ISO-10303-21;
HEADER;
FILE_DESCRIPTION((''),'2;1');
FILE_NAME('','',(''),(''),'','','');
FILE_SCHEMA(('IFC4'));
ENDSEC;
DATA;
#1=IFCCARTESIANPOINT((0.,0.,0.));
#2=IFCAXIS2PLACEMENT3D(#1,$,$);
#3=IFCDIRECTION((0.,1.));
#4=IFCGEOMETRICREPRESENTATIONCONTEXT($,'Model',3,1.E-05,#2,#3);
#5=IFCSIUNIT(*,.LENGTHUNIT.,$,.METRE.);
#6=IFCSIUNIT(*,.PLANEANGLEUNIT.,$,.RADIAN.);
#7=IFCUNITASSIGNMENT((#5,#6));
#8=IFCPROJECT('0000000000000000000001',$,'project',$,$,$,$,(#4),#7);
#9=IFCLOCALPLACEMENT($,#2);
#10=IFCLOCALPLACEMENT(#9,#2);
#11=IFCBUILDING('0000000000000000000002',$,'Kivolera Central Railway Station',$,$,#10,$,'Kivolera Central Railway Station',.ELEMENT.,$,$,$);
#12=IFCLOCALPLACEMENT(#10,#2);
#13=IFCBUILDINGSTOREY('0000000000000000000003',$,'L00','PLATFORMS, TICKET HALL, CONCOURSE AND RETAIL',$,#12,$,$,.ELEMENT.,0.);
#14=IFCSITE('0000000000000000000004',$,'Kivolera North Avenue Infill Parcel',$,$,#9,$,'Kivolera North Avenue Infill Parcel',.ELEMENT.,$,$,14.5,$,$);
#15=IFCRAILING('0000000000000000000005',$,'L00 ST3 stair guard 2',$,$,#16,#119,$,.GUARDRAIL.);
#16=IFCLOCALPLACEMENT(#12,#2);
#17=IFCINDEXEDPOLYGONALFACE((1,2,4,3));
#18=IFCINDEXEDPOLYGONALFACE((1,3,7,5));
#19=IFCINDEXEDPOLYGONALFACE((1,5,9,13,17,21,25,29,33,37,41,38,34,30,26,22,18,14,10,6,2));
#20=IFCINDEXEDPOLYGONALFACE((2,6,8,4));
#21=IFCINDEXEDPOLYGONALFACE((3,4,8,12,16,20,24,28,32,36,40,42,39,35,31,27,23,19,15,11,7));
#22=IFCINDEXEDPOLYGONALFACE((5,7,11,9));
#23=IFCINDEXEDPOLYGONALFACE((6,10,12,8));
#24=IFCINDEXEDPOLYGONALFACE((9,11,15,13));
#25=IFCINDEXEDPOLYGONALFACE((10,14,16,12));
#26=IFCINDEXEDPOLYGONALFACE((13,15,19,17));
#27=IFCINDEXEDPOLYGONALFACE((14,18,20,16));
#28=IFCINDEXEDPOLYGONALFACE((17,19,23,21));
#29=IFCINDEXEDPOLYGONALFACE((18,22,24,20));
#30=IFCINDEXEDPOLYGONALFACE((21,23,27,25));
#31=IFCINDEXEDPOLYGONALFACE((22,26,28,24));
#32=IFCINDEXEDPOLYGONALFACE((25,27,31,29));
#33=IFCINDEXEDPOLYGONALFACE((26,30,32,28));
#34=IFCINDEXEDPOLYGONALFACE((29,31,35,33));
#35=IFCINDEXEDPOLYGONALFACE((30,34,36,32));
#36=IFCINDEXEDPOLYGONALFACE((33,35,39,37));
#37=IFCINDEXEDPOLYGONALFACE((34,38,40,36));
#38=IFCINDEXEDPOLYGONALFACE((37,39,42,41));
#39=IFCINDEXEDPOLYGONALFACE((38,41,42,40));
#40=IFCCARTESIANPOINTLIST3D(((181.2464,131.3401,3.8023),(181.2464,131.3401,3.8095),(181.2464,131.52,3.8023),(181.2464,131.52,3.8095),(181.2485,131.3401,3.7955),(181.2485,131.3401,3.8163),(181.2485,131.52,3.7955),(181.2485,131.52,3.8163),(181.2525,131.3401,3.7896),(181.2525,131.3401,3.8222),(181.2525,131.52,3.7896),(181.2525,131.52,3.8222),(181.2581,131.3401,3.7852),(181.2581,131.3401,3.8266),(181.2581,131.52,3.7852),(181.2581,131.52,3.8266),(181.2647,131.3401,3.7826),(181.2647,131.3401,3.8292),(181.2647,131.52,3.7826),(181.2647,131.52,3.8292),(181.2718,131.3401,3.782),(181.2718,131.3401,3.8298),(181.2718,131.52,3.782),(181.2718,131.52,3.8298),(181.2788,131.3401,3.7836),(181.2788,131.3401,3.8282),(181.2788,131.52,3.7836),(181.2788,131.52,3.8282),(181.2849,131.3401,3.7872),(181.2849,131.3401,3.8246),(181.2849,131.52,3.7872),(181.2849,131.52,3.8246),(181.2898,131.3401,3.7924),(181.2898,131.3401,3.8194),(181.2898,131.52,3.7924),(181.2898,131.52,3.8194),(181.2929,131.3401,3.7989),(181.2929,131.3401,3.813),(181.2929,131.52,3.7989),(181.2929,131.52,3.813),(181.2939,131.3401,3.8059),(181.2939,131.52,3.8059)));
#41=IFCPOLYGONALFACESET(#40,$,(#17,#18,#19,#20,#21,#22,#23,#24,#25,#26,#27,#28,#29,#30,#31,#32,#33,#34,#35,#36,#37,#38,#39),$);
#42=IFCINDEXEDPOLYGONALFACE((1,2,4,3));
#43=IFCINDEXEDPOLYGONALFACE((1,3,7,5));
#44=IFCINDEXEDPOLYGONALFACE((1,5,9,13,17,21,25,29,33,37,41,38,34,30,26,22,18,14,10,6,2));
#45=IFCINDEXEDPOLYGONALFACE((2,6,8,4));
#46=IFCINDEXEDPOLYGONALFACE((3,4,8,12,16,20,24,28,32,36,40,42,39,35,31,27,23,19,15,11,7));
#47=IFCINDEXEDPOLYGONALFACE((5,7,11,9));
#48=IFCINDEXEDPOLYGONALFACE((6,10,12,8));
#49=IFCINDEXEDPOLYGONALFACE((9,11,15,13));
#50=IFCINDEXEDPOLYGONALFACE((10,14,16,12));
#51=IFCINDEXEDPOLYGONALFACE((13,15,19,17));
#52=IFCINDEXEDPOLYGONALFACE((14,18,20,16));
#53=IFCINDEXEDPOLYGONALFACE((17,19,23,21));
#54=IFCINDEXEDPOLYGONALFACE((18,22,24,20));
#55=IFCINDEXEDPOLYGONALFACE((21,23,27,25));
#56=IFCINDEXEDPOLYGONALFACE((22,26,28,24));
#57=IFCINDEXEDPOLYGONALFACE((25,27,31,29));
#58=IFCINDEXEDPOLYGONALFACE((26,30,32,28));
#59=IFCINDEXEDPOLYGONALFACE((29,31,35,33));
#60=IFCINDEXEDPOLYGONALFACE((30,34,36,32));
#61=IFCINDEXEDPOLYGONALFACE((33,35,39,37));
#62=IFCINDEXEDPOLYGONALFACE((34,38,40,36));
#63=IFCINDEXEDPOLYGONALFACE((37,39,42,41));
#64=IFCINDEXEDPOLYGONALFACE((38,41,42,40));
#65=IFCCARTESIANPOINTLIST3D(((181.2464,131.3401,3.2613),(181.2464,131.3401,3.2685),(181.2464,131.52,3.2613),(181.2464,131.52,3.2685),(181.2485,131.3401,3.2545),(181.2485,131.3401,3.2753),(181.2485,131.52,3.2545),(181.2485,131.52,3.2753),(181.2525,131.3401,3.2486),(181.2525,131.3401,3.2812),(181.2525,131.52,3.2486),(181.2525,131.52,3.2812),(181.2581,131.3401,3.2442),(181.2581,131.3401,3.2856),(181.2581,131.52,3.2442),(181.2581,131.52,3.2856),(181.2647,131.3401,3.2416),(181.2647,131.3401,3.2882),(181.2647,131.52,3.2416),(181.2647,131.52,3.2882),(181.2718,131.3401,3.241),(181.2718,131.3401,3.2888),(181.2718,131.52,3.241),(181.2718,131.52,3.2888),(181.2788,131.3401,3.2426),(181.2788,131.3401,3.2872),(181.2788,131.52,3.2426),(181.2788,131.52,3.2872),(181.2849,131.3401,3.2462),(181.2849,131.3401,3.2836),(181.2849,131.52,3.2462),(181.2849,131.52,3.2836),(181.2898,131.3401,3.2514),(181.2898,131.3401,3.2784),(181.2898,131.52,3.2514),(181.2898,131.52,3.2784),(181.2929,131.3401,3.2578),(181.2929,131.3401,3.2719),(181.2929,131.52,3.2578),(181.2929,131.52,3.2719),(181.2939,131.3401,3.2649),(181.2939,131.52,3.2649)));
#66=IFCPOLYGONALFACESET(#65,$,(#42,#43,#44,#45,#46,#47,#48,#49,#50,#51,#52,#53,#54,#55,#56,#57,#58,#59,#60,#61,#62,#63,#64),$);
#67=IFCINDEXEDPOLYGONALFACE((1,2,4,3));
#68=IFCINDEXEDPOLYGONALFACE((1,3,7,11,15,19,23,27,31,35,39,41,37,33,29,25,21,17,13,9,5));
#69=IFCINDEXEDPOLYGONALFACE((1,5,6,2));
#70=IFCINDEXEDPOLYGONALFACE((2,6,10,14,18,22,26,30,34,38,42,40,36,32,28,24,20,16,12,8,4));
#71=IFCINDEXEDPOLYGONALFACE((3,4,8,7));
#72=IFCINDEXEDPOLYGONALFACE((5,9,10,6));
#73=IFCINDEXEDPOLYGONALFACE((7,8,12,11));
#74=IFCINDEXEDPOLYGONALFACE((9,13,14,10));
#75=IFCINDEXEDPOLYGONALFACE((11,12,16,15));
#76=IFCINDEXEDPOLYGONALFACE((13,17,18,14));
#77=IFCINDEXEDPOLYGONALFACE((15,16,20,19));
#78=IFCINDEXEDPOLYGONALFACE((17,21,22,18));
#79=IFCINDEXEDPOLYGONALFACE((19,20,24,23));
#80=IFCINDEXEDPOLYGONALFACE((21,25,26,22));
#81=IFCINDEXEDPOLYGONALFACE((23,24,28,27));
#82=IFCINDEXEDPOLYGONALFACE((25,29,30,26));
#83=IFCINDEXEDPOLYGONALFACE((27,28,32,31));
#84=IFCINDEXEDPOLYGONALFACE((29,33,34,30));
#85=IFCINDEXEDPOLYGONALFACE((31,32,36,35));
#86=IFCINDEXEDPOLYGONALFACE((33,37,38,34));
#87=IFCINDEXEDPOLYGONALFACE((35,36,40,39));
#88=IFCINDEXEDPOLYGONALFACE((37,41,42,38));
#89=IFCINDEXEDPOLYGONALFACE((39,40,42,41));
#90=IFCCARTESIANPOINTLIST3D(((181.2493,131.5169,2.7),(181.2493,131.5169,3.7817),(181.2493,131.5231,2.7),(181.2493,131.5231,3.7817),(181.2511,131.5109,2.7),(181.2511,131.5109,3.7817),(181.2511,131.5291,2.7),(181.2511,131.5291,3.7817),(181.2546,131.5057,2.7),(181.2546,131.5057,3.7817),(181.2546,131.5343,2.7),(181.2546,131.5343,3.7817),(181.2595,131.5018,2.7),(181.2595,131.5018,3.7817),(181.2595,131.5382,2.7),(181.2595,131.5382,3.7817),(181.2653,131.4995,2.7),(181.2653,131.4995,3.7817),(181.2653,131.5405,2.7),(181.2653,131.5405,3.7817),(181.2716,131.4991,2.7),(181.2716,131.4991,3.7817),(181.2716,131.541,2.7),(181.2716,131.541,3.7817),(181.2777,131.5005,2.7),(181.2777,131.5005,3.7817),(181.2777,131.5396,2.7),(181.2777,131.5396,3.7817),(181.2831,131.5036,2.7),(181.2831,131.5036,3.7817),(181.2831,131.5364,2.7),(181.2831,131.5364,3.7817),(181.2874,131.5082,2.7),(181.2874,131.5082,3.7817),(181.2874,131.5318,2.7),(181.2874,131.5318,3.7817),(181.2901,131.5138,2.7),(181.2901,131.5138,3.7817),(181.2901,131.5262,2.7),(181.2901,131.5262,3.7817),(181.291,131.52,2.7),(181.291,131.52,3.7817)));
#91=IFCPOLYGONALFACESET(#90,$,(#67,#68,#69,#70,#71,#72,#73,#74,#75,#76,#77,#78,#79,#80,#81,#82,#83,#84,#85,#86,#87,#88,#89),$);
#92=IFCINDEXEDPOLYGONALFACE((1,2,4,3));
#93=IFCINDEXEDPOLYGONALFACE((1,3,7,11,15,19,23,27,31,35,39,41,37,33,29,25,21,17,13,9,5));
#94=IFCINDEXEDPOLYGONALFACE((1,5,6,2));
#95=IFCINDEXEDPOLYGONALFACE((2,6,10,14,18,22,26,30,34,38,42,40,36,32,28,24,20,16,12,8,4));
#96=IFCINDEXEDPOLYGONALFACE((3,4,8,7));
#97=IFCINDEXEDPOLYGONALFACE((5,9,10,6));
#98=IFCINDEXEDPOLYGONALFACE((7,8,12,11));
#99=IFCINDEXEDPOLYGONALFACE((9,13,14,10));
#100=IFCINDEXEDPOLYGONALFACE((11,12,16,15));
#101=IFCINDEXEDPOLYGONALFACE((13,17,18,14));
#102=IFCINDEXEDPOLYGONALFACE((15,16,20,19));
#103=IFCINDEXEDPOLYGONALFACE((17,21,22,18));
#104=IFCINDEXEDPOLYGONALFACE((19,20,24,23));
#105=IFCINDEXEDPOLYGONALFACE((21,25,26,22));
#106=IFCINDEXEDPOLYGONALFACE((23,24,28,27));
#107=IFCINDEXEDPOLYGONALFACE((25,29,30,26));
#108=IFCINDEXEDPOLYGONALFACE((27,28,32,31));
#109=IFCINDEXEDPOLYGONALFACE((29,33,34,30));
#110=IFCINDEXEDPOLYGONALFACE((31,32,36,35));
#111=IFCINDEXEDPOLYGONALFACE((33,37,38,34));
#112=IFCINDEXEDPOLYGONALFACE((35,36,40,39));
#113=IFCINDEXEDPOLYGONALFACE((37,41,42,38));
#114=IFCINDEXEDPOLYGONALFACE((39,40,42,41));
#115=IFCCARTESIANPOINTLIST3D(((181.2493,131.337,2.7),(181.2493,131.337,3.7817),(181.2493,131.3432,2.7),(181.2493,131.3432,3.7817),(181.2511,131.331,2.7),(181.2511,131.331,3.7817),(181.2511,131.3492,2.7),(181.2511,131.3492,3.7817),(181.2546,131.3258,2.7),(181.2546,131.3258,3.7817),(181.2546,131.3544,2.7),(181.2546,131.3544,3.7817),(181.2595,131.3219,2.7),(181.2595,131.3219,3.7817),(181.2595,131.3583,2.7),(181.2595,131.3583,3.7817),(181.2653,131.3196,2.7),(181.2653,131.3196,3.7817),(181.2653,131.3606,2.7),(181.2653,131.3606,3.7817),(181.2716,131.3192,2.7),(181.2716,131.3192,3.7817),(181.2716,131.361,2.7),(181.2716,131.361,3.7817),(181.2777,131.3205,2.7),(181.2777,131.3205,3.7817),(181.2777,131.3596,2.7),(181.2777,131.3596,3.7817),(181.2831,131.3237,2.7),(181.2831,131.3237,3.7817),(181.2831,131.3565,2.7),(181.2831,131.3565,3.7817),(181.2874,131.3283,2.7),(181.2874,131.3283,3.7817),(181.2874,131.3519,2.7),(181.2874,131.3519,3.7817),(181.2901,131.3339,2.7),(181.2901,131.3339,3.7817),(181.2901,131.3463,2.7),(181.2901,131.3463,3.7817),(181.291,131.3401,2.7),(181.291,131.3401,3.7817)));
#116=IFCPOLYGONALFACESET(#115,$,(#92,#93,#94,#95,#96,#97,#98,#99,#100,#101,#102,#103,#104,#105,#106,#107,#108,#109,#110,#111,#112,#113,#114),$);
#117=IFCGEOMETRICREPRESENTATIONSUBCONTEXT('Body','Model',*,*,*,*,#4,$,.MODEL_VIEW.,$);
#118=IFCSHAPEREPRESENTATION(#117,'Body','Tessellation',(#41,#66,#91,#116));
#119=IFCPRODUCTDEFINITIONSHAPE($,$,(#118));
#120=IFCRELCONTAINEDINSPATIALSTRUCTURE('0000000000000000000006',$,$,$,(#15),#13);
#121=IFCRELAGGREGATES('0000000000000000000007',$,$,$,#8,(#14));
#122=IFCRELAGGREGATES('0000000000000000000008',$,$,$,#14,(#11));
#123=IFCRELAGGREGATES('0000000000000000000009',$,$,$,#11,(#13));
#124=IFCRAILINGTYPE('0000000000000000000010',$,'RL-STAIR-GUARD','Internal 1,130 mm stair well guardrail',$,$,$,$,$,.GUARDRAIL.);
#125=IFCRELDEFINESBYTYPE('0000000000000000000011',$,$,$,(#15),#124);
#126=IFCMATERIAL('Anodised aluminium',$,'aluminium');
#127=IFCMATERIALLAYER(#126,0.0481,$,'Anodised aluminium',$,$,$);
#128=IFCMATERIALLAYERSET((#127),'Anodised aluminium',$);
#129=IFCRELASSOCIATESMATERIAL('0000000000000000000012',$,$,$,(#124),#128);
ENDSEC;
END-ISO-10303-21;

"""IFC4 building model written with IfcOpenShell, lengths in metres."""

from ifc_helpers import new_model, si_unit, direction, frame, origin, origin_2d, place, context, subcontext, project, spatial, circle, extrude, material, layer, layer_set, type_object, element, save


model = new_model("IFC4")

# Units and contexts
model_context = context("Model", 3, precision=1e-05, world=origin(), true_north=direction((0.0, 1.0)))
body_context = subcontext(model_context, "Body", "Model", "MODEL_VIEW")
ifc_project = project(units=[si_unit("LENGTHUNIT", "METRE"), si_unit("PLANEANGLEUNIT", "RADIAN")], contexts=[model_context])

# Site, building, storey
site_placement = place(None, origin())
site = spatial("IfcSite", under=ifc_project, at=site_placement, Name="Kivolera North Avenue Infill Parcel", LongName="Kivolera North Avenue Infill Parcel", CompositionType="ELEMENT", RefElevation=14.5)
building_placement = place(site_placement, origin())
building = spatial("IfcBuilding", under=site, at=building_placement, Name="Kivolera Central Railway Station", LongName="Kivolera Central Railway Station", CompositionType="ELEMENT")
storey_placement = place(building_placement, origin())
storey = spatial("IfcBuildingStorey", under=building, at=storey_placement, Name="L00", Description="PLATFORMS, TICKET HALL, CONCOURSE AND RETAIL", CompositionType="ELEMENT", Elevation=0.0)

# Shared definitions
ifc_material_1 = material(Name="Anodised aluminium", Category="aluminium")

# Railing
ifc_layer_1 = layer(ifc_material_1, 0.0481, Name="Anodised aluminium")
ifc_layer_set_1 = layer_set([ifc_layer_1], Name="Anodised aluminium")
railing_type_1 = type_object("IfcRailingType", Name="RL-STAIR-GUARD", Description="Internal 1,130 mm stair well guardrail", PredefinedType="GUARDRAIL", material=ifc_layer_set_1)
railing_1_placement = place(storey_placement, frame((181.27, 131.52, 2.7)))
element("IfcRailing", 1, at=railing_1_placement, inside=storey, type_object=railing_type_1, Name="L00 ST3 stair guard 2", PredefinedType="GUARDRAIL", context=body_context, shape_type="SweptSolid", body=[
    extrude(circle(Radius=0.0239, at=origin_2d()), frame((0.0, 0.0, 1.106), z_axis=(0.0, -1.0, 0.0), x_axis=(1.0, 0.0, 0.0)), (0.0, 0.0, 1.0), 0.1799),
    extrude(circle(Radius=0.0239, at=origin_2d()), frame((0.0, 0.0, 0.5649), z_axis=(0.0, -1.0, 0.0), x_axis=(1.0, 0.0, 0.0)), (0.0, 0.0, 1.0), 0.1799),
    extrude(circle(Radius=0.021, at=origin_2d()), origin(), (0.0, 0.0, 1.0), 1.0818),
    extrude(circle(Radius=0.021, at=origin_2d()), frame((0.0, -0.1799, 0.0)), (0.0, 0.0, 1.0), 1.0818),
])

save(model, "model.ifc")
